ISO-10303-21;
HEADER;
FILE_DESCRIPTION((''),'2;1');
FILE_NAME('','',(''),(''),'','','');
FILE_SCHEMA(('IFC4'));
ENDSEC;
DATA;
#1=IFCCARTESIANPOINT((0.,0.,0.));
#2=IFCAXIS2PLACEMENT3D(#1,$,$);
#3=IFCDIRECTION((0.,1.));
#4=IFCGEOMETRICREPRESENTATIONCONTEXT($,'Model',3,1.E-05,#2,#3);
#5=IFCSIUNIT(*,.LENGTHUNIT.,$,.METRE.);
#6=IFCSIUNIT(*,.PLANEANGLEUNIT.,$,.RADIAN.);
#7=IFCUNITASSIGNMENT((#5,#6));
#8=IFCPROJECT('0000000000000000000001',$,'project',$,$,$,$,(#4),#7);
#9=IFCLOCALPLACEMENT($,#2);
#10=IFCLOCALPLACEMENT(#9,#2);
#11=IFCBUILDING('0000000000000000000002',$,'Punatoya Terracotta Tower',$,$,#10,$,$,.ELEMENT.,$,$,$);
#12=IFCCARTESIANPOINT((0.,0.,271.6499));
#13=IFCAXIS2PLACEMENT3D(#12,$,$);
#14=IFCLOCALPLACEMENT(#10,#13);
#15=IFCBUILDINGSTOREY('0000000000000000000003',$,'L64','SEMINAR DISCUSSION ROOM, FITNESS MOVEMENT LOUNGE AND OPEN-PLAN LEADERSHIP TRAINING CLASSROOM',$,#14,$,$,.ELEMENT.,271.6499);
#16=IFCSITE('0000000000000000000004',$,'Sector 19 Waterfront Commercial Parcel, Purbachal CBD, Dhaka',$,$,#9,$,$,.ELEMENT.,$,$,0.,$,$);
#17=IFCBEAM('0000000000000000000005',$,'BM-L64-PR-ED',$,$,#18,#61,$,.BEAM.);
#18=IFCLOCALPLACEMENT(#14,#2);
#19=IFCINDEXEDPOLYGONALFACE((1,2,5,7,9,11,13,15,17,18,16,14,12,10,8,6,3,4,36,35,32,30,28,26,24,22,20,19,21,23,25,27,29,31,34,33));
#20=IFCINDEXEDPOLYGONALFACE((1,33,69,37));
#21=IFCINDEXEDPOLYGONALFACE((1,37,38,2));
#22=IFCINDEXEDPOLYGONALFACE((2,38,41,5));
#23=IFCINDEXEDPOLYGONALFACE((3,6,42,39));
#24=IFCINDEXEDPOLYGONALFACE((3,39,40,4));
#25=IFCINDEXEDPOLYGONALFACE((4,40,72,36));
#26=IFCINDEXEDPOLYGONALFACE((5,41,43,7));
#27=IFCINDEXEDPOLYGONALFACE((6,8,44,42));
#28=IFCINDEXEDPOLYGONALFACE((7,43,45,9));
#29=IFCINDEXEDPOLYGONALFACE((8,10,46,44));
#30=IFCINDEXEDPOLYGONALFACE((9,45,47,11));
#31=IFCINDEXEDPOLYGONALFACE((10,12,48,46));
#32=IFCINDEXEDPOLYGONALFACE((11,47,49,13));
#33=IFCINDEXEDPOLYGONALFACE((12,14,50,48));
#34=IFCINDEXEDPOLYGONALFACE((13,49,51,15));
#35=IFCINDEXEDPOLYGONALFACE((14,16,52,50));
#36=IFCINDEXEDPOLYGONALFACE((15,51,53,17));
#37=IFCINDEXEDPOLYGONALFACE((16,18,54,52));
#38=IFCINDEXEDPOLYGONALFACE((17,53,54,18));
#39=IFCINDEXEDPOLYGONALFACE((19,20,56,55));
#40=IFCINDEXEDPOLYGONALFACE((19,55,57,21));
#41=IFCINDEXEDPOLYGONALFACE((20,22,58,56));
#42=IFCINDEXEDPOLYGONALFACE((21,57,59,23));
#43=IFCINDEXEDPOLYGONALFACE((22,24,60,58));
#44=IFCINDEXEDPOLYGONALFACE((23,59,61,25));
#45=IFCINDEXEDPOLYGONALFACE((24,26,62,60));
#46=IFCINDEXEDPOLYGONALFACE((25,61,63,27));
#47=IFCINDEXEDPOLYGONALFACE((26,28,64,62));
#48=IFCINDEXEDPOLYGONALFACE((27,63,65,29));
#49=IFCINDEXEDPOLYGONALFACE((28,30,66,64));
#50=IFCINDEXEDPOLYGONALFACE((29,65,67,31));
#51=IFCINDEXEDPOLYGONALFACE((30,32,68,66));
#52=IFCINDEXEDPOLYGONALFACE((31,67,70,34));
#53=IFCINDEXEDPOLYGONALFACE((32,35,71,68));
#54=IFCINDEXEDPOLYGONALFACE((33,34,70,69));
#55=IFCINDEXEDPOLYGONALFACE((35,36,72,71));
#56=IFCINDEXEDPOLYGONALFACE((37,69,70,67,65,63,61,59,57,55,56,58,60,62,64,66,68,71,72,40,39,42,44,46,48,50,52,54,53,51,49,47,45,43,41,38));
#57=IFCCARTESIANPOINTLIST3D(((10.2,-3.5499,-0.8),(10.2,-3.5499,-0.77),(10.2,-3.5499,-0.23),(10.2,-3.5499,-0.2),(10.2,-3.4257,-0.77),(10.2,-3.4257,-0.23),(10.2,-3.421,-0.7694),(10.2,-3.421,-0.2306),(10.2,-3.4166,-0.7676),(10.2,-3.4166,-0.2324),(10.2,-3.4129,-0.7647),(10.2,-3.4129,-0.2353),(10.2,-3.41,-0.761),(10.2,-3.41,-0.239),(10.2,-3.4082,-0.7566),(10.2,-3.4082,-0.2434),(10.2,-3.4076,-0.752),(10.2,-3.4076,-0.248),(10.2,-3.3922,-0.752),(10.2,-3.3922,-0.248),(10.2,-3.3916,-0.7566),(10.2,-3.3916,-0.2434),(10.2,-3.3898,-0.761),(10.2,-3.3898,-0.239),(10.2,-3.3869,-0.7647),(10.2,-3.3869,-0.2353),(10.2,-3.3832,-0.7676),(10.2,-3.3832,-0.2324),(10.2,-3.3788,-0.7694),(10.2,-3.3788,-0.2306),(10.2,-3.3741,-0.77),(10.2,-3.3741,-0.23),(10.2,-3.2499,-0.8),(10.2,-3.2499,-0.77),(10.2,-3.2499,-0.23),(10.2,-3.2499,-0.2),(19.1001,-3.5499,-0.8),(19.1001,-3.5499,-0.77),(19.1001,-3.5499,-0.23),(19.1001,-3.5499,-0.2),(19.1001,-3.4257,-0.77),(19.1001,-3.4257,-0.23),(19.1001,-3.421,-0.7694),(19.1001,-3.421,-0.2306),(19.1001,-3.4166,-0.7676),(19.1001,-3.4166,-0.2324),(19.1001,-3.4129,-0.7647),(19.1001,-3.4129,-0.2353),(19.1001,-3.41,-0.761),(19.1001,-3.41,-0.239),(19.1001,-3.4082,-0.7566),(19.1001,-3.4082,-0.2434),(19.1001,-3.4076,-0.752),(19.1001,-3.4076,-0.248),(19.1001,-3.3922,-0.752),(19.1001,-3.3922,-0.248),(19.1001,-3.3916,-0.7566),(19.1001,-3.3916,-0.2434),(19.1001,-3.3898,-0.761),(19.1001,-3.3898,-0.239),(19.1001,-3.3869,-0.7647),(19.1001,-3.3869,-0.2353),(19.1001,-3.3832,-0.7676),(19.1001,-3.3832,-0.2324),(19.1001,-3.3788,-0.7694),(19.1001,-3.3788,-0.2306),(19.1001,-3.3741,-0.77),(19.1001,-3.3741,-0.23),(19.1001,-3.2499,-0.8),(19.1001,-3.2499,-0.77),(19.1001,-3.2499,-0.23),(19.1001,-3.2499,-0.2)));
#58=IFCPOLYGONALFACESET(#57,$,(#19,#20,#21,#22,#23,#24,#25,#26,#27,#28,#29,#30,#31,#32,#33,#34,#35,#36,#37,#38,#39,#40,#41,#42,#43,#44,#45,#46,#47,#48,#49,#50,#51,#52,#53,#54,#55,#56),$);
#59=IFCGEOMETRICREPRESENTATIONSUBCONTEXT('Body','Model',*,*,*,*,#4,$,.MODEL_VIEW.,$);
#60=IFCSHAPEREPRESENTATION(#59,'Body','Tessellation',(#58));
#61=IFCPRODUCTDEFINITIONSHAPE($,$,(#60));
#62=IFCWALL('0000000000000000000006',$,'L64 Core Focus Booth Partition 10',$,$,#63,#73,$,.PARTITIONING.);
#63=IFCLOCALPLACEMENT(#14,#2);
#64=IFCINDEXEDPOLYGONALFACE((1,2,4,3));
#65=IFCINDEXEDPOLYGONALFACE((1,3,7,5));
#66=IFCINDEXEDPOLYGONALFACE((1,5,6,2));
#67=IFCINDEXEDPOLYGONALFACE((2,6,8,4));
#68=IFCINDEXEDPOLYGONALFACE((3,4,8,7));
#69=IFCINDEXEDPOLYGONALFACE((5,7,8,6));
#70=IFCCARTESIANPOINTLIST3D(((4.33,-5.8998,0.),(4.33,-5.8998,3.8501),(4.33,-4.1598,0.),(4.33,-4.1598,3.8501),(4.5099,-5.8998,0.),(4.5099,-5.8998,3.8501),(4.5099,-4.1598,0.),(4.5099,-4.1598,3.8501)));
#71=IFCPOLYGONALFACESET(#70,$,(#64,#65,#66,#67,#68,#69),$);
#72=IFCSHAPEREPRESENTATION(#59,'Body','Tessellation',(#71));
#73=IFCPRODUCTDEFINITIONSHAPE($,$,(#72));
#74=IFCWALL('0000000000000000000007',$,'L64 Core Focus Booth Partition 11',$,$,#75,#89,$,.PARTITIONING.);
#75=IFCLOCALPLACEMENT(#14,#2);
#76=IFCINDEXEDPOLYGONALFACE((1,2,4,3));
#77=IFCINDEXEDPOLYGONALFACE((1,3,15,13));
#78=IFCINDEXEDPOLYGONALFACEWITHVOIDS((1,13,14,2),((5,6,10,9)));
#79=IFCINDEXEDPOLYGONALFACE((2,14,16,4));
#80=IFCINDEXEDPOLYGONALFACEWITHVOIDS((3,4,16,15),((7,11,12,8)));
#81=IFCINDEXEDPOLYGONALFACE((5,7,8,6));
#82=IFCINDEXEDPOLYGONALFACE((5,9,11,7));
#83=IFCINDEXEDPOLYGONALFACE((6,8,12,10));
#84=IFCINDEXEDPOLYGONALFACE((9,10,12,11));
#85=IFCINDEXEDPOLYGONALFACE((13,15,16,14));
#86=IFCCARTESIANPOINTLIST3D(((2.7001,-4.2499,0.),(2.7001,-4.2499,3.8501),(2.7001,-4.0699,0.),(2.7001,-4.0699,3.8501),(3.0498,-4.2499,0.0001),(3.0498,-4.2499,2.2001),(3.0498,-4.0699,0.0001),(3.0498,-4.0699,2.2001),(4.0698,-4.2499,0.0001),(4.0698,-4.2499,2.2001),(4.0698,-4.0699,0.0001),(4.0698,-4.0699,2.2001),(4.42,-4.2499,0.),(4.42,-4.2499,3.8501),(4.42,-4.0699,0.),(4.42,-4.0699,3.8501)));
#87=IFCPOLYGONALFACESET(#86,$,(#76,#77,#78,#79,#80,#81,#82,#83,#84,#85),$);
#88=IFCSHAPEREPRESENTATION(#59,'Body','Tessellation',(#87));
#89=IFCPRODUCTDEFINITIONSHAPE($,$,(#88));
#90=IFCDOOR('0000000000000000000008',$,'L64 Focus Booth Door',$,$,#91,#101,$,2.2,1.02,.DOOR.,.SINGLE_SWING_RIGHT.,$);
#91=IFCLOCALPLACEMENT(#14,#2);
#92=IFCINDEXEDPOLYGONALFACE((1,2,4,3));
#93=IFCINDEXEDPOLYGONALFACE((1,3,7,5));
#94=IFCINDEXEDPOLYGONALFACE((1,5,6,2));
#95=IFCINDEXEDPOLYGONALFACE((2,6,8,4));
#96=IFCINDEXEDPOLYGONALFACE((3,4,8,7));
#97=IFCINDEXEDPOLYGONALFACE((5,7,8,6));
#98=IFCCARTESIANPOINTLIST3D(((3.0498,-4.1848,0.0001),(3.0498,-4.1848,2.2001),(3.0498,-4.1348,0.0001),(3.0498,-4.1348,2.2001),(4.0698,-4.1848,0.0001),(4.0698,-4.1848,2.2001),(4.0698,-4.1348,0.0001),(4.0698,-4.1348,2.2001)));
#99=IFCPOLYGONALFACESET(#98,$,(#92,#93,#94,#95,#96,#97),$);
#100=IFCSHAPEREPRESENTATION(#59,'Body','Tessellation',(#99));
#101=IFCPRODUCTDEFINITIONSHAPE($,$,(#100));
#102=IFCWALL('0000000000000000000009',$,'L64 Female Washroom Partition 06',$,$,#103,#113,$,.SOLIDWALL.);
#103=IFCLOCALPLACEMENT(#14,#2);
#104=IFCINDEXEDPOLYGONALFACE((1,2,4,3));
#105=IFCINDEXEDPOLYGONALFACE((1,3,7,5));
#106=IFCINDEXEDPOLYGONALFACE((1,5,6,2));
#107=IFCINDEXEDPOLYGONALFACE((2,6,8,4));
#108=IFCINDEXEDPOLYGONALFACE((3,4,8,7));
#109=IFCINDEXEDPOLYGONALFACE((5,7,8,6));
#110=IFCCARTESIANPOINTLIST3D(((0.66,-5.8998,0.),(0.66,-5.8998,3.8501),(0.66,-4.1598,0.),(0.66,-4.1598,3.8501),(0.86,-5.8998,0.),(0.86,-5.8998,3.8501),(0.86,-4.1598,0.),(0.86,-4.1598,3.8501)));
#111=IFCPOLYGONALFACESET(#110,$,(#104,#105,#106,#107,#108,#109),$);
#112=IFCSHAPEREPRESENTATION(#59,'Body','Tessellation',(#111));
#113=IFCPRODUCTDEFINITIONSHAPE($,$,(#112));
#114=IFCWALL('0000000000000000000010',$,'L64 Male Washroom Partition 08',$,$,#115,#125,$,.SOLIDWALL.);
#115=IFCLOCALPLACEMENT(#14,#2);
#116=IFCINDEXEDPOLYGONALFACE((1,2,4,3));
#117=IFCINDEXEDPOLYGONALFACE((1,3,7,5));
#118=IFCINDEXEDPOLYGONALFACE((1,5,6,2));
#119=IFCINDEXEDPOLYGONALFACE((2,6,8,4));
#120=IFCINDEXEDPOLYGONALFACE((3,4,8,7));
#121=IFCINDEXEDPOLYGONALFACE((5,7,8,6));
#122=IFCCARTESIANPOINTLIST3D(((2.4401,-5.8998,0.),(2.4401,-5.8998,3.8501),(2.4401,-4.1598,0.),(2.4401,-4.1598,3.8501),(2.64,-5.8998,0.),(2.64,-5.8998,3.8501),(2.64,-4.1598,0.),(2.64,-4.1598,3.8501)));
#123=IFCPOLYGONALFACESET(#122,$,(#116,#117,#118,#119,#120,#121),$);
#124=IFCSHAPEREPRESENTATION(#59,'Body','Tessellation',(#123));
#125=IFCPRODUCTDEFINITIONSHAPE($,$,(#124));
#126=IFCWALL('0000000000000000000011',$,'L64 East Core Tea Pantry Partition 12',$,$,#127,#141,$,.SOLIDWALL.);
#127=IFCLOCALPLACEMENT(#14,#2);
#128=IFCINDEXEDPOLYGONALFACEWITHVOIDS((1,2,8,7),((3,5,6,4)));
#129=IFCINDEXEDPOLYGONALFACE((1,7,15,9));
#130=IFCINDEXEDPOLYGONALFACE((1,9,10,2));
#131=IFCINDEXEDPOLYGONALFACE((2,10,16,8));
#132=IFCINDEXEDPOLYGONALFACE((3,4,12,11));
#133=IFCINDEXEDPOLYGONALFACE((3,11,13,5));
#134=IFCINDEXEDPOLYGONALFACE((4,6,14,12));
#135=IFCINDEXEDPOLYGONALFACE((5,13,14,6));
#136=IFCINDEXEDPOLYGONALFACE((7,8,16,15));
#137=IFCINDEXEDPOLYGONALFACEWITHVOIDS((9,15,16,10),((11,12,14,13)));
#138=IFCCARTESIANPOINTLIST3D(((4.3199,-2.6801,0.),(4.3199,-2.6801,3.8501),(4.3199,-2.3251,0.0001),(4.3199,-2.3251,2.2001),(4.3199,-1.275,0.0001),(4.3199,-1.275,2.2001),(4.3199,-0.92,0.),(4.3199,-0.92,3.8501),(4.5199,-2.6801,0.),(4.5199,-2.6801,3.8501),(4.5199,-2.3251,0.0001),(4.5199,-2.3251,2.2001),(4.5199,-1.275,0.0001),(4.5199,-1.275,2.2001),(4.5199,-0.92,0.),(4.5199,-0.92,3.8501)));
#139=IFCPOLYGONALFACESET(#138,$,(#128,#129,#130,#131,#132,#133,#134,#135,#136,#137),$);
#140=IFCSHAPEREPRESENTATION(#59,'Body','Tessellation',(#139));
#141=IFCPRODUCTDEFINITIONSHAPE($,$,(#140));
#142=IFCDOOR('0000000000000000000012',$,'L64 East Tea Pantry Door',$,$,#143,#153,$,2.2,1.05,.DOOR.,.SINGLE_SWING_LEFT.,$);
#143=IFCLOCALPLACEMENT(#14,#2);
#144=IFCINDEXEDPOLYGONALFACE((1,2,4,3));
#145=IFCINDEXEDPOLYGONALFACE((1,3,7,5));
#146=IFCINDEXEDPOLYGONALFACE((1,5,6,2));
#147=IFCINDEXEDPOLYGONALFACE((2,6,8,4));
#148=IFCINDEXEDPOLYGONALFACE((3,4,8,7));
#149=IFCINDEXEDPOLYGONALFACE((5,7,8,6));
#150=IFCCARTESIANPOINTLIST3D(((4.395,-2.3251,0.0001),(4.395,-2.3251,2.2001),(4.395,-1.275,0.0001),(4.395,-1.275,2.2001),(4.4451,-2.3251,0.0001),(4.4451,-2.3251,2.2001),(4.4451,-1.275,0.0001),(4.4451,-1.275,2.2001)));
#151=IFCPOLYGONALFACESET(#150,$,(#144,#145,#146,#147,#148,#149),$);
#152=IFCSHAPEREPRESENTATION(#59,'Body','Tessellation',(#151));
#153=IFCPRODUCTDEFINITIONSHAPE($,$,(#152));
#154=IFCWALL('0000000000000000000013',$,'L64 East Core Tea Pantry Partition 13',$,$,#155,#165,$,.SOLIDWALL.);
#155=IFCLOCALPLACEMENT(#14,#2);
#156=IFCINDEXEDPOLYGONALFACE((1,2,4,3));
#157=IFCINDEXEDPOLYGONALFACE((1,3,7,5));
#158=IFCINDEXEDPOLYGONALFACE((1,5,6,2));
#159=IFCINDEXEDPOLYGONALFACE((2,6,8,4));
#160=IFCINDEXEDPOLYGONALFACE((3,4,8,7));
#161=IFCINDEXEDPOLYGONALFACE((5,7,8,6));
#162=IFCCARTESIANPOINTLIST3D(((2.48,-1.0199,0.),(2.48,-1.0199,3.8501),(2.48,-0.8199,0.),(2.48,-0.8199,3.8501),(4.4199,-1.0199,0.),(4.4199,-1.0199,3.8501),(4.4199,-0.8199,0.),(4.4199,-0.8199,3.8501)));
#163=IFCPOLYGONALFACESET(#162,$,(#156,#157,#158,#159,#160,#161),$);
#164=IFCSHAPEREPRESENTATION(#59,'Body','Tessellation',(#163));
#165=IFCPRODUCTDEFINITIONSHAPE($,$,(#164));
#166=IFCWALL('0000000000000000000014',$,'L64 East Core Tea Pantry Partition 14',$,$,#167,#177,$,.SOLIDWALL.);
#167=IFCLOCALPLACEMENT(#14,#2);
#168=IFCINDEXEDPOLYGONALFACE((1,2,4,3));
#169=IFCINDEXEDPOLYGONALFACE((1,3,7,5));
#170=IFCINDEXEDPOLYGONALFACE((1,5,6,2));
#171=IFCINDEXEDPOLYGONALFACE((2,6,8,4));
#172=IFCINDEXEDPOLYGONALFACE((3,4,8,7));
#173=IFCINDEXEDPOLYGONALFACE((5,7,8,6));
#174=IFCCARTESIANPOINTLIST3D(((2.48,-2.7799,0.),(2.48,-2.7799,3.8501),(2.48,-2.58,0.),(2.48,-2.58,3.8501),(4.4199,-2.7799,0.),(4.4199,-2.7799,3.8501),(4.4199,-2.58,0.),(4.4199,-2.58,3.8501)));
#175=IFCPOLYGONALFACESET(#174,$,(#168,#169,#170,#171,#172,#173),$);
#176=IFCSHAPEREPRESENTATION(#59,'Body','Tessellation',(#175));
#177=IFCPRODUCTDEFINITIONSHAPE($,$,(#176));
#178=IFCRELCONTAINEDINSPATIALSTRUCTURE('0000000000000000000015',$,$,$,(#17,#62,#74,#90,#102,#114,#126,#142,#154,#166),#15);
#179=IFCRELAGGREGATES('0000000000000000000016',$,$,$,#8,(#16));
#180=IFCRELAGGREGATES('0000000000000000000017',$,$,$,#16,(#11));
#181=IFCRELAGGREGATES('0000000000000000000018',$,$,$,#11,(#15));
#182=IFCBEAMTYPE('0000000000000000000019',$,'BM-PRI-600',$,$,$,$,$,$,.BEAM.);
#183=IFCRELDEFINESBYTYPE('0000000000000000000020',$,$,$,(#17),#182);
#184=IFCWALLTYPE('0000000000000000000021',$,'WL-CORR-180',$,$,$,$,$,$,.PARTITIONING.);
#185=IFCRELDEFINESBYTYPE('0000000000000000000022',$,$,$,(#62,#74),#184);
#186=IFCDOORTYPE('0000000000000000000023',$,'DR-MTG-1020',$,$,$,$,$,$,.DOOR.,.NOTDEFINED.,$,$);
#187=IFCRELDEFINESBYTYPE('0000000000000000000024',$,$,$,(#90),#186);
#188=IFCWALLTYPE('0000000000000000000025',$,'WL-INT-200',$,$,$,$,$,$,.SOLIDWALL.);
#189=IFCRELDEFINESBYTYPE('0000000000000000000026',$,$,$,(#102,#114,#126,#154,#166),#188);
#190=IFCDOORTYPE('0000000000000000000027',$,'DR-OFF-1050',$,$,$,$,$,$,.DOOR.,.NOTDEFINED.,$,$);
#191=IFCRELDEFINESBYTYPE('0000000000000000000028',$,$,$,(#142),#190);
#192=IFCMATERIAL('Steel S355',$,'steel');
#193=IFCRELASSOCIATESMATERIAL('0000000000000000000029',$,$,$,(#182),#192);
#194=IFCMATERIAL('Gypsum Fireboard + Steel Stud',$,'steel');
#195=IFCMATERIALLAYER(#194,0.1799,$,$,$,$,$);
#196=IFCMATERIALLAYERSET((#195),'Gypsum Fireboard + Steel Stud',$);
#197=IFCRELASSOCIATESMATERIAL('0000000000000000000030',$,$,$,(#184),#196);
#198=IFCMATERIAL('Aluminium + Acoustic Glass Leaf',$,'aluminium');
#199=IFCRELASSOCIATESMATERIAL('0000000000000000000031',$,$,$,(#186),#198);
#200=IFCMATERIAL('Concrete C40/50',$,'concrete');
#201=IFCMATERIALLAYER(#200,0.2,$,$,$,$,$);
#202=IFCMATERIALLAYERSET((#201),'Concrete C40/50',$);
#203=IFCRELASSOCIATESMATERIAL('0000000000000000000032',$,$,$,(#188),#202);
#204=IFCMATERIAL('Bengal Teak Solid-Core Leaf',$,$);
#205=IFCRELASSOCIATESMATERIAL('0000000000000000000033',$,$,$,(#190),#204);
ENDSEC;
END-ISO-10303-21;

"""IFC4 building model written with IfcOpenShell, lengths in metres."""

from ifc_helpers import new_model, si_unit, direction, frame, frame_2d, origin, origin_2d, place, context, subcontext, project, spatial, rectangle, i_section, extrude, material, layer, layer_set, material_profile, profile_set, type_object, element, fill, save


model = new_model("IFC4")

# Units and contexts
model_context = context("Model", 3, precision=1e-05, world=origin(), true_north=direction((0.0, 1.0)))
body_context = subcontext(model_context, "Body", "Model", "MODEL_VIEW")
ifc_project = project(units=[si_unit("LENGTHUNIT", "METRE"), si_unit("PLANEANGLEUNIT", "RADIAN")], contexts=[model_context])

# Site, building, storey
site_placement = place(None, origin())
site = spatial("IfcSite", under=ifc_project, at=site_placement, Name="Sector 19 Waterfront Commercial Parcel, Purbachal CBD, Dhaka", CompositionType="ELEMENT", RefElevation=0.0)
building_placement = place(site_placement, origin())
building = spatial("IfcBuilding", under=site, at=building_placement, Name="Punatoya Terracotta Tower", CompositionType="ELEMENT")
storey_placement = place(building_placement, frame((0.0, 0.0, 271.6499)))
storey = spatial("IfcBuildingStorey", under=building, at=storey_placement, Name="L64", Description="SEMINAR DISCUSSION ROOM, FITNESS MOVEMENT LOUNGE AND OPEN-PLAN LEADERSHIP TRAINING CLASSROOM", CompositionType="ELEMENT", Elevation=271.6499)

# Beam
ifc_material_1 = material(Name="Steel S355", Category="steel")
ifc_material_profile = material_profile(ifc_material_1, i_section(OverallWidth=0.3, OverallDepth=0.6001, WebThickness=0.0154, FlangeThickness=0.03, FilletRadius=0.0181, at=origin_2d()))
ifc_profile_set = profile_set([ifc_material_profile], Name="Steel S355")
beam_type = type_object("IfcBeamType", Name="BM-PRI-600", PredefinedType="BEAM", material=ifc_profile_set)
beam_placement = place(storey_placement, frame((10.2, -3.3999, -0.5), z_axis=(1.0, 0.0, 0.0), x_axis=(0.0, 1.0, 0.0)))
element("IfcBeam", 1, at=beam_placement, inside=storey, type_object=beam_type, Name="BM-L64-PR-ED", PredefinedType="BEAM", context=body_context, shape_type="SweptSolid", body=[
    extrude(i_section(OverallWidth=0.3, OverallDepth=0.6001, WebThickness=0.0154, FlangeThickness=0.03, FilletRadius=0.0181, at=origin_2d()), origin(), (0.0, 0.0, 1.0), 8.9001),
])

# Wall
ifc_material_2 = material(Name="Gypsum Fireboard + Steel Stud", Category="steel")
ifc_layer_1 = layer(ifc_material_2, 0.1799)
ifc_layer_set_1 = layer_set([ifc_layer_1], Name="Gypsum Fireboard + Steel Stud")
wall_type_1 = type_object("IfcWallType", Name="WL-CORR-180", PredefinedType="PARTITIONING", material=ifc_layer_set_1)
wall_1_placement = place(storey_placement, frame((4.4199, -5.8999, 0.0), z_axis=(0.0, 0.0, 1.0), x_axis=(0.0, 1.0, 0.0)))
element("IfcWall", 2, at=wall_1_placement, inside=storey, type_object=wall_type_1, Name="L64 Core Focus Booth Partition 10", PredefinedType="PARTITIONING", context=body_context, shape_type="SweptSolid", body=[
    extrude(rectangle(XDim=1.74, YDim=0.1799, at=frame_2d((0.8701, 0.0))), origin(), (0.0, 0.0, 1.0), 3.8501),
])

# Wall, opening, door
wall_2_placement = place(storey_placement, frame((4.4199, -4.1599, 0.0), z_axis=(0.0, 0.0, 1.0), x_axis=(-1.0, 0.0, 0.0)))
wall_2 = element("IfcWall", 3, at=wall_2_placement, inside=storey, type_object=wall_type_1, Name="L64 Core Focus Booth Partition 11", PredefinedType="PARTITIONING", context=body_context, shape_type="SweptSolid", body=[
    extrude(rectangle(XDim=1.72, YDim=0.1799, at=frame_2d((0.8599, 0.0))), origin(), (0.0, 0.0, 1.0), 3.8501),
])
opening_1_placement = place(wall_2_placement, frame((0.3501, 0.0, 0.0)))
opening_1 = element("IfcOpeningElement", 4, at=opening_1_placement, cuts=wall_2, PredefinedType="OPENING", context=body_context, shape_type="SweptSolid", body=[
    extrude(rectangle(XDim=1.02, YDim=2.2, at=frame_2d((0.51, 1.1001))), frame((0.0, 0.0999, 0.0), z_axis=(0.0, -1.0, 0.0), x_axis=(1.0, 0.0, 0.0)), (0.0, 0.0, 1.0), 0.2),
])
ifc_material_3 = material(Name="Aluminium + Acoustic Glass Leaf", Category="aluminium")
door_type_1 = type_object("IfcDoorType", Name="DR-MTG-1020", OperationType="NOTDEFINED", PredefinedType="DOOR", material=ifc_material_3)
door_1_placement = place(opening_1_placement, origin())
door_1 = element("IfcDoor", 5, at=door_1_placement, inside=storey, type_object=door_type_1, Name="L64 Focus Booth Door", OperationType="SINGLE_SWING_RIGHT", OverallHeight=2.2, OverallWidth=1.02, PredefinedType="DOOR", context=body_context, shape_type="SweptSolid", body=[
    extrude(rectangle(XDim=1.02, YDim=2.2, at=frame_2d((0.51, 1.1001))), frame((0.0, 0.0249, 0.0), z_axis=(0.0, -1.0, 0.0), x_axis=(1.0, 0.0, 0.0)), (0.0, 0.0, 1.0), 0.05),
])
fill(opening_1, door_1)

# Wall
ifc_material_4 = material(Name="Concrete C40/50", Category="concrete")
ifc_layer_2 = layer(ifc_material_4, 0.2)
ifc_layer_set_2 = layer_set([ifc_layer_2], Name="Concrete C40/50")
wall_type_2 = type_object("IfcWallType", Name="WL-INT-200", PredefinedType="SOLIDWALL", material=ifc_layer_set_2)
wall_3_placement = place(storey_placement, frame((0.76, -5.8999, 0.0), z_axis=(0.0, 0.0, 1.0), x_axis=(0.0, 1.0, 0.0)))
element("IfcWall", 6, at=wall_3_placement, inside=storey, type_object=wall_type_2, Name="L64 Female Washroom Partition 06", PredefinedType="SOLIDWALL", context=body_context, shape_type="SweptSolid", body=[
    extrude(rectangle(XDim=1.74, YDim=0.2, at=frame_2d((0.8701, 0.0))), origin(), (0.0, 0.0, 1.0), 3.8501),
])

# Wall
wall_4_placement = place(storey_placement, frame((2.54, -5.8999, 0.0), z_axis=(0.0, 0.0, 1.0), x_axis=(0.0, 1.0, 0.0)))
element("IfcWall", 7, at=wall_4_placement, inside=storey, type_object=wall_type_2, Name="L64 Male Washroom Partition 08", PredefinedType="SOLIDWALL", context=body_context, shape_type="SweptSolid", body=[
    extrude(rectangle(XDim=1.74, YDim=0.2, at=frame_2d((0.8701, 0.0))), origin(), (0.0, 0.0, 1.0), 3.8501),
])

# Wall, opening, door
wall_5_placement = place(storey_placement, frame((4.4199, -2.6799, 0.0), z_axis=(0.0, 0.0, 1.0), x_axis=(0.0, 1.0, 0.0)))
wall_5 = element("IfcWall", 8, at=wall_5_placement, inside=storey, type_object=wall_type_2, Name="L64 East Core Tea Pantry Partition 12", PredefinedType="SOLIDWALL", context=body_context, shape_type="SweptSolid", body=[
    extrude(rectangle(XDim=1.76, YDim=0.2, at=frame_2d((0.8799, 0.0))), origin(), (0.0, 0.0, 1.0), 3.8501),
])
opening_2_placement = place(wall_5_placement, frame((0.355, 0.0, 0.0)))
opening_2 = element("IfcOpeningElement", 9, at=opening_2_placement, cuts=wall_5, PredefinedType="OPENING", context=body_context, shape_type="SweptSolid", body=[
    extrude(rectangle(XDim=1.05, YDim=2.2, at=frame_2d((0.5249, 1.1001))), frame((0.0, 0.1099, 0.0), z_axis=(0.0, -1.0, 0.0), x_axis=(1.0, 0.0, 0.0)), (0.0, 0.0, 1.0), 0.22),
])
ifc_material_5 = material(Name="Bengal Teak Solid-Core Leaf")
door_type_2 = type_object("IfcDoorType", Name="DR-OFF-1050", OperationType="NOTDEFINED", PredefinedType="DOOR", material=ifc_material_5)
door_2_placement = place(opening_2_placement, origin())
door_2 = element("IfcDoor", 10, at=door_2_placement, inside=storey, type_object=door_type_2, Name="L64 East Tea Pantry Door", OperationType="SINGLE_SWING_LEFT", OverallHeight=2.2, OverallWidth=1.05, PredefinedType="DOOR", context=body_context, shape_type="SweptSolid", body=[
    extrude(rectangle(XDim=1.05, YDim=2.2, at=frame_2d((0.5249, 1.1001))), frame((0.0, 0.0249, 0.0), z_axis=(0.0, -1.0, 0.0), x_axis=(1.0, 0.0, 0.0)), (0.0, 0.0, 1.0), 0.05),
])
fill(opening_2, door_2)

# Walls
for number, where, z_axis, x_axis, name in (
    (11, (4.4199, -0.9199, 0.0), (0.0, 0.0, 1.0), (-1.0, 0.0, 0.0), "L64 East Core Tea Pantry Partition 13"),
    (12, (2.48, -2.6799, 0.0), (0.0, 0.0, 1.0), (1.0, 0.0, 0.0), "L64 East Core Tea Pantry Partition 14"),
):
    element("IfcWall", number, at=place(storey_placement, frame(where, z_axis=z_axis, x_axis=x_axis)), inside=storey, type_object=wall_type_2, Name=name, PredefinedType="SOLIDWALL", context=body_context, shape_type="SweptSolid", body=[
        extrude(rectangle(XDim=1.9399, YDim=0.2, at=frame_2d((0.97, 0.0))), origin(), (0.0, 0.0, 1.0), 3.8501),
    ])

save(model, "model.ifc")
